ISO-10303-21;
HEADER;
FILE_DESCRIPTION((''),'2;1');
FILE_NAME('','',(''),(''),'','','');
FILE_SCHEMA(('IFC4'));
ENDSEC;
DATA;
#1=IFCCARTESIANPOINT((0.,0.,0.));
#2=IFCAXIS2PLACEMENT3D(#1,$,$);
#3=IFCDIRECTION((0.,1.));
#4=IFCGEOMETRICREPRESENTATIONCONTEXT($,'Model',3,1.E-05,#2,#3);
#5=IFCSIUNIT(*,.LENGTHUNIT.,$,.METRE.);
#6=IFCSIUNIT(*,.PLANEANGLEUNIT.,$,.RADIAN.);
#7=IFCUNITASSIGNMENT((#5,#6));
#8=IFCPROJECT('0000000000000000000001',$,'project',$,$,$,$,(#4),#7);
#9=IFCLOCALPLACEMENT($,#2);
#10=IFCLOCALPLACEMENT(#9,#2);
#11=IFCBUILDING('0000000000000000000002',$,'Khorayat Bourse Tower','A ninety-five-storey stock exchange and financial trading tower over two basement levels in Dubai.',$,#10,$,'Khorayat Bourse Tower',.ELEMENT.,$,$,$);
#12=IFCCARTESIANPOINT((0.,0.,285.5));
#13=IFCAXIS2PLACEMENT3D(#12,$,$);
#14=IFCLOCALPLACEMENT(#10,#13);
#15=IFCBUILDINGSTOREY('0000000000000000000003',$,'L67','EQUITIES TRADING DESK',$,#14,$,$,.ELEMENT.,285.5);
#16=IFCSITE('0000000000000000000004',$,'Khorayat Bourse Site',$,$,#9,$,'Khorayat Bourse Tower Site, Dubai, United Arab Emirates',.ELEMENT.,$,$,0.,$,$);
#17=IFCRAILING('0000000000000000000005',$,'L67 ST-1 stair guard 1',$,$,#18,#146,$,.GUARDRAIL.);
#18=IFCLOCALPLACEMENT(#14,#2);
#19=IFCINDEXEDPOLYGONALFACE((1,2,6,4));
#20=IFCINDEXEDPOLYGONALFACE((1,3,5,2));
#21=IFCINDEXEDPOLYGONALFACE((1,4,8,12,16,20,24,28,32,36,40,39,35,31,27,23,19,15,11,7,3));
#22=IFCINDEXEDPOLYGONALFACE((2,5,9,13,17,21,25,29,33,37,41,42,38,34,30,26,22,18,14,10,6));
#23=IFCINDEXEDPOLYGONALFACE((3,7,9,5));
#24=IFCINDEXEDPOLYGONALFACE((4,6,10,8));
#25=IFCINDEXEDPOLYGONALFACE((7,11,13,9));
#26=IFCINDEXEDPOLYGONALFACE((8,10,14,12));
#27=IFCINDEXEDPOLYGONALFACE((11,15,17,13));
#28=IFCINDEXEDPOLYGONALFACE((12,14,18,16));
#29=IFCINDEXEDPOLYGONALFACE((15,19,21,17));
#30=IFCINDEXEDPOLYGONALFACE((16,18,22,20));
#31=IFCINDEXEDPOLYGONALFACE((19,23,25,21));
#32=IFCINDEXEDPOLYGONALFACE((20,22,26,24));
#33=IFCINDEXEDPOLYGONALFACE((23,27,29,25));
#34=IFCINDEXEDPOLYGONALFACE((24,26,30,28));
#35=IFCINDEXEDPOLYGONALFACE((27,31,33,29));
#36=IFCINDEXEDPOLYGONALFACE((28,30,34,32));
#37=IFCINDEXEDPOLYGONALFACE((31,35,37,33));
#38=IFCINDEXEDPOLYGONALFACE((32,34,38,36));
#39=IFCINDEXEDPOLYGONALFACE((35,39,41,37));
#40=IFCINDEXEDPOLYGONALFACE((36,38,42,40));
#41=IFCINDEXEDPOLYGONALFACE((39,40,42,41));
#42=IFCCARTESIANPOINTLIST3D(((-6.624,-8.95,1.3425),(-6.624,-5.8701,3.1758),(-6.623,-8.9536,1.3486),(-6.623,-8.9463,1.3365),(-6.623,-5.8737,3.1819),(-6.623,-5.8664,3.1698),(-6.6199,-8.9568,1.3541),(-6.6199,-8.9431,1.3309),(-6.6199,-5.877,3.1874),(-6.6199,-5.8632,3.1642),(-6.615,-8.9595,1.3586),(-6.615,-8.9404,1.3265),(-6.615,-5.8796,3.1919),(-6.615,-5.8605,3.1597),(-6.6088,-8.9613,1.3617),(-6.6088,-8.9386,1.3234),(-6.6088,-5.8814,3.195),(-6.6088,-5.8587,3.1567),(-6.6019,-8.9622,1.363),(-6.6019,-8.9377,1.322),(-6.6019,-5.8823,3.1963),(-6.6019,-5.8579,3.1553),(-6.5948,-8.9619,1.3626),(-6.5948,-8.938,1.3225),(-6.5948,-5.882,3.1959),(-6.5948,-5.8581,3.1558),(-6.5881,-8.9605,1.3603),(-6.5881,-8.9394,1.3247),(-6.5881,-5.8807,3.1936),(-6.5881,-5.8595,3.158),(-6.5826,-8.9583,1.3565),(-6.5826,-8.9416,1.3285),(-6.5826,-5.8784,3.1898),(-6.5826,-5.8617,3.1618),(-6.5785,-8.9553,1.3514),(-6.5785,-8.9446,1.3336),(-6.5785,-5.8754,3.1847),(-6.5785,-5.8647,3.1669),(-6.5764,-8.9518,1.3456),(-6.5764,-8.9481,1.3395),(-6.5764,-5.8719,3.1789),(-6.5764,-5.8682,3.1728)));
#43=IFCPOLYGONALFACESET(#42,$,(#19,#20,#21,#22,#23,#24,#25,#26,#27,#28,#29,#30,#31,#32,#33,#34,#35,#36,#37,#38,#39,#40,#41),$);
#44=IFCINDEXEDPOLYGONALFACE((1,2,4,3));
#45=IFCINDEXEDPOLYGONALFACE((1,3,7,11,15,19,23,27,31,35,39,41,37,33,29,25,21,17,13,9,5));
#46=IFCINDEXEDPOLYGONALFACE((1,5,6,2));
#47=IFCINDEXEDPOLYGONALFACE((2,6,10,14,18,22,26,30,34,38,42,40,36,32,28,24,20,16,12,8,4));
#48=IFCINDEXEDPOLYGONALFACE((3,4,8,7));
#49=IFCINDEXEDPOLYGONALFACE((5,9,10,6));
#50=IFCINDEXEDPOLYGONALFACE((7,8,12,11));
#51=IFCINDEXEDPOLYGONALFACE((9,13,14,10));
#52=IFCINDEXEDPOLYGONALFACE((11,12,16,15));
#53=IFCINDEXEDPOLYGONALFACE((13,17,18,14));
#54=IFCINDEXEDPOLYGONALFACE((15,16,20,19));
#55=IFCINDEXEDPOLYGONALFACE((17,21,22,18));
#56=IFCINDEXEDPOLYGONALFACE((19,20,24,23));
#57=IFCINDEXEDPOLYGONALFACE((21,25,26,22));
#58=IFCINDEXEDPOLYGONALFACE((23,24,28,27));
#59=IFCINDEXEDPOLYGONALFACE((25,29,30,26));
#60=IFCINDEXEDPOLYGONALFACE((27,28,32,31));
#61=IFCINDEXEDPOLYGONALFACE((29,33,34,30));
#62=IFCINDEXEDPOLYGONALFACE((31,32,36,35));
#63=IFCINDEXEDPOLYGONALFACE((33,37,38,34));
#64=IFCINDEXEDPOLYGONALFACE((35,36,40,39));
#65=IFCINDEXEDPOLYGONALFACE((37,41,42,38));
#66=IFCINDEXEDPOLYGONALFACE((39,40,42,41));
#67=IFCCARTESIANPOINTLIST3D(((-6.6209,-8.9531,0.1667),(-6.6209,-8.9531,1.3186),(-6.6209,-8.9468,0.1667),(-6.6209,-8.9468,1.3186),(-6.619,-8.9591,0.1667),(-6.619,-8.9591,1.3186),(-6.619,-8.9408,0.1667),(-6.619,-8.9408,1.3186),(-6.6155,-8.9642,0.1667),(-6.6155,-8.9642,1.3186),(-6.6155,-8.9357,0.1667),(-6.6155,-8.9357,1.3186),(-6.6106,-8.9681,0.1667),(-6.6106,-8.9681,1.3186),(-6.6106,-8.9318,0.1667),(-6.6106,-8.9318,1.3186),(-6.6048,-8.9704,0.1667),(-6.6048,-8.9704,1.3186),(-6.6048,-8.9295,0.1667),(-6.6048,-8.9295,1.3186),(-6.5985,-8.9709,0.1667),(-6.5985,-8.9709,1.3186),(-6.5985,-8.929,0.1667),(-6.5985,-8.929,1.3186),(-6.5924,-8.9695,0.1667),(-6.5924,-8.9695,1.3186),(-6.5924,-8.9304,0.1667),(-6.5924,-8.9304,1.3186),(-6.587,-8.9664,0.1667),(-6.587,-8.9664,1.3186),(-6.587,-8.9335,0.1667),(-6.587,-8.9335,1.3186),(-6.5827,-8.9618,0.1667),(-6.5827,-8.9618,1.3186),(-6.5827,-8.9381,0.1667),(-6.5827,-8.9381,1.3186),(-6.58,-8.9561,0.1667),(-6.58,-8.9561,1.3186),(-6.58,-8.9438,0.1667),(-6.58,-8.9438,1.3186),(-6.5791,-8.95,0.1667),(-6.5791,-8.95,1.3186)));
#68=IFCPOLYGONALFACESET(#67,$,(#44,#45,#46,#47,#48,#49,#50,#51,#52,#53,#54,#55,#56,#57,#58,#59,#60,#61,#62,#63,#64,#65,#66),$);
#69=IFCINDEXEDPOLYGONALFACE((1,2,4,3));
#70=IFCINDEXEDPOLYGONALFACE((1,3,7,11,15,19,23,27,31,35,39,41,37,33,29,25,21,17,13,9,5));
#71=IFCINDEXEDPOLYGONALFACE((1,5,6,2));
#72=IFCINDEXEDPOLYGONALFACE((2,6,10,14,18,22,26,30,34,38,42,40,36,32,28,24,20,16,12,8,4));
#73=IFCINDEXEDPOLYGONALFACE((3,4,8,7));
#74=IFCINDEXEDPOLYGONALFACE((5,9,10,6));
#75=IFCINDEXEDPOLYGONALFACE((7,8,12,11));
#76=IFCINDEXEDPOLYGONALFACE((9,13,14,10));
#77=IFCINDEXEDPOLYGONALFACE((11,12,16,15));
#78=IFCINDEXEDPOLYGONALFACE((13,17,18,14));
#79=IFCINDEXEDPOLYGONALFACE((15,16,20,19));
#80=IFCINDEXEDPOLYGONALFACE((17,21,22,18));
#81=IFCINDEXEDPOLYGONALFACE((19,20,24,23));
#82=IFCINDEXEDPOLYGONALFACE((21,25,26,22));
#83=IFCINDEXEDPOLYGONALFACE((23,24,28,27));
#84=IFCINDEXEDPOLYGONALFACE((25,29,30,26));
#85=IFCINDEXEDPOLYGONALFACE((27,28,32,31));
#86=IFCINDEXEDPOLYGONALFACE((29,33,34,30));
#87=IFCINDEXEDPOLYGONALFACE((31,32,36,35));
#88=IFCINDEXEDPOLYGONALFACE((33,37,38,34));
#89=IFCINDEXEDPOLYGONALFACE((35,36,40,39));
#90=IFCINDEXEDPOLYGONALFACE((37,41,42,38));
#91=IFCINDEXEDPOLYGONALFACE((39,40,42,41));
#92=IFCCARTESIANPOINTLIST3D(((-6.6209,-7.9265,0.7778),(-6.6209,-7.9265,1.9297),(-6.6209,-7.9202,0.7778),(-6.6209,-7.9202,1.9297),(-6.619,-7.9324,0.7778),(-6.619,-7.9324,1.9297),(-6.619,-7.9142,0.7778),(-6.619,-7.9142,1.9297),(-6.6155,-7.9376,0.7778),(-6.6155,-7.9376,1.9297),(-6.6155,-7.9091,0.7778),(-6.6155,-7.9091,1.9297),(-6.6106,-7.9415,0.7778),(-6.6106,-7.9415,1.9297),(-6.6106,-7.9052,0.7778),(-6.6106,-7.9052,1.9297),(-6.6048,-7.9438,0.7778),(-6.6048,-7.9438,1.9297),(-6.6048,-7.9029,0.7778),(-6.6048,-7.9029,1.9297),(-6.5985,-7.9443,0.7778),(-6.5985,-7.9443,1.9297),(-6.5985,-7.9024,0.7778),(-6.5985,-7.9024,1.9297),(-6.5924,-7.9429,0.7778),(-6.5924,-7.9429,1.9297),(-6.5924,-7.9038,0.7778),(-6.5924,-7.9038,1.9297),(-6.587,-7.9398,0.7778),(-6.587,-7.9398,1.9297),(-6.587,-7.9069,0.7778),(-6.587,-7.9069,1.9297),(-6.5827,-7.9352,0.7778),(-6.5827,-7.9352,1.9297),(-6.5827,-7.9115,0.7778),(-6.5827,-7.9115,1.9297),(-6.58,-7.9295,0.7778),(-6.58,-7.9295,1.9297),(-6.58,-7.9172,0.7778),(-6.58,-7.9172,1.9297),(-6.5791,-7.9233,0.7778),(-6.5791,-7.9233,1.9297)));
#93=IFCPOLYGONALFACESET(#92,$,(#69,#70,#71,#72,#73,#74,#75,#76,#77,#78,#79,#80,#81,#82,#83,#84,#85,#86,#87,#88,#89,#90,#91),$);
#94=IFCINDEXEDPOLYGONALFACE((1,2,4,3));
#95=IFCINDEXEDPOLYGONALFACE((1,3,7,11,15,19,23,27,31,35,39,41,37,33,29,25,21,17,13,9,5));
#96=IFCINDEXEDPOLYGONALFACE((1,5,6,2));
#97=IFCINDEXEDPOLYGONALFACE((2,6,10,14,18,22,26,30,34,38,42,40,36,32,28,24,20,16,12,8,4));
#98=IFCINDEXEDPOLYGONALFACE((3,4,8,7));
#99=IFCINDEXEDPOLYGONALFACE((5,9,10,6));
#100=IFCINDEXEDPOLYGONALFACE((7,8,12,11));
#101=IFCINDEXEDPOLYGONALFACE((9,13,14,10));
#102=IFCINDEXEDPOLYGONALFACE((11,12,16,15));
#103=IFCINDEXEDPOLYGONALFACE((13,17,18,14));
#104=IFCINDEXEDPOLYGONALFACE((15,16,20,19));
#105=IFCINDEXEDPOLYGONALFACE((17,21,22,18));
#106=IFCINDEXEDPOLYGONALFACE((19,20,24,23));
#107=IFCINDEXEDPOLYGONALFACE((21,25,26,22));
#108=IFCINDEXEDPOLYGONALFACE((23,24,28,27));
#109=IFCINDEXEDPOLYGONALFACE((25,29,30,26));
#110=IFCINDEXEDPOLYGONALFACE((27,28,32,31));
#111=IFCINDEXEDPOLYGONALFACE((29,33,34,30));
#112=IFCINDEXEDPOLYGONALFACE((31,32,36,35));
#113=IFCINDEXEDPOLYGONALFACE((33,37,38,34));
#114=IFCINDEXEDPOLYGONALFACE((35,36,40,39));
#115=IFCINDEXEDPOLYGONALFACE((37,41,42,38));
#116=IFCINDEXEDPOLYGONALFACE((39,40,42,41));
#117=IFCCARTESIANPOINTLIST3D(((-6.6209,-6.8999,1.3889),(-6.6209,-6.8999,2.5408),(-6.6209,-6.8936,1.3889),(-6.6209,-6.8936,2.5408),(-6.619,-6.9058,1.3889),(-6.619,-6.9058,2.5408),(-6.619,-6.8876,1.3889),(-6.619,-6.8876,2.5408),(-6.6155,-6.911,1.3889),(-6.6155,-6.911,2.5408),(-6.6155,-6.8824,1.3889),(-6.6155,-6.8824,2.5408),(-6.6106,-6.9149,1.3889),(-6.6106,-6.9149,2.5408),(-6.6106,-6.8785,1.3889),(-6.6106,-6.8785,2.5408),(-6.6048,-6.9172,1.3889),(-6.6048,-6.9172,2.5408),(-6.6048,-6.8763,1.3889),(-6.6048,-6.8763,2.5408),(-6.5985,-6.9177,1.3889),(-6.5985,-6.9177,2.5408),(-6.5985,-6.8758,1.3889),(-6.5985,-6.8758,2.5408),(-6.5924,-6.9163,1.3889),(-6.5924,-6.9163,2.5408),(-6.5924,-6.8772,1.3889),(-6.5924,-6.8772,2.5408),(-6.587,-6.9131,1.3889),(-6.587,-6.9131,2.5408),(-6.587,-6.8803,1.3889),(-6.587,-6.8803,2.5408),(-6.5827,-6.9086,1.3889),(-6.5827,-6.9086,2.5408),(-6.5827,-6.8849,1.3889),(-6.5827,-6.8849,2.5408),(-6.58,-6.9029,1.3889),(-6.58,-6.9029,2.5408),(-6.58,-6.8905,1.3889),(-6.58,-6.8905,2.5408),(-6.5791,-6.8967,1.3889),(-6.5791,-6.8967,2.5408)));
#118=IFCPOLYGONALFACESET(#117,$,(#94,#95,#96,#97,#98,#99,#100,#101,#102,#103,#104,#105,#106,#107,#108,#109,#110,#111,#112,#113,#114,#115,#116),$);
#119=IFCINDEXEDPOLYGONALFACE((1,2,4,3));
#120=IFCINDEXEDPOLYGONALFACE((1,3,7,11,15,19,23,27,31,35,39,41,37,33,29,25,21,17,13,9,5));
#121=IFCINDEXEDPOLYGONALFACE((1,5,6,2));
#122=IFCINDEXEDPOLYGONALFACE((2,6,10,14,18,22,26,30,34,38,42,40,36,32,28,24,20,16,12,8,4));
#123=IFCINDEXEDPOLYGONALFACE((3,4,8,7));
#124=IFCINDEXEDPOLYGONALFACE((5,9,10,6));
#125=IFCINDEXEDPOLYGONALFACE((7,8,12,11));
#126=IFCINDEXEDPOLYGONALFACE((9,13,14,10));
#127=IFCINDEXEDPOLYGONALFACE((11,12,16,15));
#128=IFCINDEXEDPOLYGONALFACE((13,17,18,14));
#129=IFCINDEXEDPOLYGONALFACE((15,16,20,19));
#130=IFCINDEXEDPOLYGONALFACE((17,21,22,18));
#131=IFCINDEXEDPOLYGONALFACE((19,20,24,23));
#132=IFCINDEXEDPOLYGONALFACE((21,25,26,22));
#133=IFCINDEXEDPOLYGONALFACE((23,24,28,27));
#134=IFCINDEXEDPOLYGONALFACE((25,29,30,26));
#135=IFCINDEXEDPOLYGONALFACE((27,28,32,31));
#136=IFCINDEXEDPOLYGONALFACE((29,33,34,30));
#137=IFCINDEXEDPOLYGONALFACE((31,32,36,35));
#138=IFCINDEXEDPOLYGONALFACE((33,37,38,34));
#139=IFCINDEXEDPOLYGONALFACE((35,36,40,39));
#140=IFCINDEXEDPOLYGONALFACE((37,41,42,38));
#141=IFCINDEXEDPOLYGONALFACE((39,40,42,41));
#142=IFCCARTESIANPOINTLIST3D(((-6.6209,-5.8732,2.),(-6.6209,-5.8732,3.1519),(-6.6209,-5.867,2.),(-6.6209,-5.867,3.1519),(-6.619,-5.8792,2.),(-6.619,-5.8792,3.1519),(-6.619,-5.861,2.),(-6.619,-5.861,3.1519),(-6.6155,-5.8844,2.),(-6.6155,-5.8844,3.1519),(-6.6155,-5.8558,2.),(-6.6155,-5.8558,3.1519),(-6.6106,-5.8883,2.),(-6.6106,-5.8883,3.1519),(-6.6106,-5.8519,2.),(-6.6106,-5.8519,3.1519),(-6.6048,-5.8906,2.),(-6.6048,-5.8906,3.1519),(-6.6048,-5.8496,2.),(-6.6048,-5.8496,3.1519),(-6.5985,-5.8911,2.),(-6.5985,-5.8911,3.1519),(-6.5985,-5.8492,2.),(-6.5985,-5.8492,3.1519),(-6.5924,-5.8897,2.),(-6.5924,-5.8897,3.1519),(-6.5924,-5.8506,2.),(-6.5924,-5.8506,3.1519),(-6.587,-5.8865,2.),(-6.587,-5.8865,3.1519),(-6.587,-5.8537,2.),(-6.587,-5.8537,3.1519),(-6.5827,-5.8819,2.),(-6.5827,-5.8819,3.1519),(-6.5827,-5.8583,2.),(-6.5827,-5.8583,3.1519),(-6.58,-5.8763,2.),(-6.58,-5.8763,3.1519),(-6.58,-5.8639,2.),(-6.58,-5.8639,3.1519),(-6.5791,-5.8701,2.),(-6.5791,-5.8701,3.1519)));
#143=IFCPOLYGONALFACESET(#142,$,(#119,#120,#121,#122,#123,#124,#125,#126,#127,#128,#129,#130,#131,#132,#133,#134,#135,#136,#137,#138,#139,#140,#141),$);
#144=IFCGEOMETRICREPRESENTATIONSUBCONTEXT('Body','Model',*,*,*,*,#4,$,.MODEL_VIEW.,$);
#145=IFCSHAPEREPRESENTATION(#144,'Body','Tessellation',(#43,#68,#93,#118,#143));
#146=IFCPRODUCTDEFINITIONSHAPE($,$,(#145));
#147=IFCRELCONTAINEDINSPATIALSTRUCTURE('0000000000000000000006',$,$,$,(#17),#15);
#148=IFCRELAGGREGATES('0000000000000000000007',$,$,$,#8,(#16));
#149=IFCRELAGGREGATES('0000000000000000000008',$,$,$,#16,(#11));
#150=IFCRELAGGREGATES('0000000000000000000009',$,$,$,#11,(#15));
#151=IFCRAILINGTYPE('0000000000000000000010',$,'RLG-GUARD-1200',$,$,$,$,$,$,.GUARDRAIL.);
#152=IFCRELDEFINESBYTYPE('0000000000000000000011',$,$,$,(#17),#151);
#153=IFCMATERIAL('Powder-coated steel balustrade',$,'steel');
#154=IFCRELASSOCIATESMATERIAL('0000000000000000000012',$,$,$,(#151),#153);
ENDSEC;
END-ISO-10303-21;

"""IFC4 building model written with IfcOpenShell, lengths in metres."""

from ifc_helpers import new_model, si_unit, direction, frame, origin, origin_2d, place, context, subcontext, project, spatial, circle, extrude, source, transform, mapped, material, type_object, element, save


model = new_model("IFC4")

# Units and contexts
model_context = context("Model", 3, precision=1e-05, world=origin(), true_north=direction((0.0, 1.0)))
body_context = subcontext(model_context, "Body", "Model", "MODEL_VIEW")
ifc_project = project(units=[si_unit("LENGTHUNIT", "METRE"), si_unit("PLANEANGLEUNIT", "RADIAN")], contexts=[model_context])

# Site, building, storey
site_placement = place(None, origin())
site = spatial("IfcSite", under=ifc_project, at=site_placement, Name="Khorayat Bourse Site", LongName="Khorayat Bourse Tower Site, Dubai, United Arab Emirates", CompositionType="ELEMENT", RefElevation=0.0)
building_placement = place(site_placement, origin())
building = spatial("IfcBuilding", under=site, at=building_placement, Name="Khorayat Bourse Tower", Description="A ninety-five-storey stock exchange and financial trading tower over two basement levels in Dubai.", LongName="Khorayat Bourse Tower", CompositionType="ELEMENT")
storey_placement = place(building_placement, frame((0.0, 0.0, 285.5)))
storey = spatial("IfcBuildingStorey", under=building, at=storey_placement, Name="L67", Description="EQUITIES TRADING DESK", CompositionType="ELEMENT", Elevation=285.5)

# Railing
ifc_material_1 = material(Name="Powder-coated steel balustrade", Category="steel")
railing_type_1 = type_object("IfcRailingType", Name="RLG-GUARD-1200", PredefinedType="GUARDRAIL", material=ifc_material_1)
shared_shape_1 = source(origin(), body_context, "Body", "SweptSolid", [
    extrude(circle(Radius=0.0239, at=origin_2d()), frame((0.0, 0.0, 1.1758), z_axis=(0.0, 0.859291, 0.511487), x_axis=(-1.0, 0.0, 0.0)), (0.0, 0.0, 1.0), 3.5842),
    extrude(circle(Radius=0.021, at=origin_2d()), origin(), (0.0, 0.0, 1.0), 1.1519),
    extrude(circle(Radius=0.021, at=origin_2d()), frame((0.0, 1.0266, 0.6111)), (0.0, 0.0, 1.0), 1.1519),
    extrude(circle(Radius=0.021, at=origin_2d()), frame((0.0, 2.0532, 1.2222)), (0.0, 0.0, 1.0), 1.1519),
    extrude(circle(Radius=0.021, at=origin_2d()), frame((0.0, 3.0798, 1.8333)), (0.0, 0.0, 1.0), 1.1519),
])
railing_1_placement = place(storey_placement, frame((-6.6001, -8.95, 0.1667)))
element("IfcRailing", 1, at=railing_1_placement, inside=storey, type_object=railing_type_1, Name="L67 ST-1 stair guard 1", PredefinedType="GUARDRAIL", context=body_context, shape_type="MappedRepresentation", body=[
    mapped(shared_shape_1, transform((0.0, 0.0, 0.0), scale=1.0)),
])

save(model, "model.ifc")
